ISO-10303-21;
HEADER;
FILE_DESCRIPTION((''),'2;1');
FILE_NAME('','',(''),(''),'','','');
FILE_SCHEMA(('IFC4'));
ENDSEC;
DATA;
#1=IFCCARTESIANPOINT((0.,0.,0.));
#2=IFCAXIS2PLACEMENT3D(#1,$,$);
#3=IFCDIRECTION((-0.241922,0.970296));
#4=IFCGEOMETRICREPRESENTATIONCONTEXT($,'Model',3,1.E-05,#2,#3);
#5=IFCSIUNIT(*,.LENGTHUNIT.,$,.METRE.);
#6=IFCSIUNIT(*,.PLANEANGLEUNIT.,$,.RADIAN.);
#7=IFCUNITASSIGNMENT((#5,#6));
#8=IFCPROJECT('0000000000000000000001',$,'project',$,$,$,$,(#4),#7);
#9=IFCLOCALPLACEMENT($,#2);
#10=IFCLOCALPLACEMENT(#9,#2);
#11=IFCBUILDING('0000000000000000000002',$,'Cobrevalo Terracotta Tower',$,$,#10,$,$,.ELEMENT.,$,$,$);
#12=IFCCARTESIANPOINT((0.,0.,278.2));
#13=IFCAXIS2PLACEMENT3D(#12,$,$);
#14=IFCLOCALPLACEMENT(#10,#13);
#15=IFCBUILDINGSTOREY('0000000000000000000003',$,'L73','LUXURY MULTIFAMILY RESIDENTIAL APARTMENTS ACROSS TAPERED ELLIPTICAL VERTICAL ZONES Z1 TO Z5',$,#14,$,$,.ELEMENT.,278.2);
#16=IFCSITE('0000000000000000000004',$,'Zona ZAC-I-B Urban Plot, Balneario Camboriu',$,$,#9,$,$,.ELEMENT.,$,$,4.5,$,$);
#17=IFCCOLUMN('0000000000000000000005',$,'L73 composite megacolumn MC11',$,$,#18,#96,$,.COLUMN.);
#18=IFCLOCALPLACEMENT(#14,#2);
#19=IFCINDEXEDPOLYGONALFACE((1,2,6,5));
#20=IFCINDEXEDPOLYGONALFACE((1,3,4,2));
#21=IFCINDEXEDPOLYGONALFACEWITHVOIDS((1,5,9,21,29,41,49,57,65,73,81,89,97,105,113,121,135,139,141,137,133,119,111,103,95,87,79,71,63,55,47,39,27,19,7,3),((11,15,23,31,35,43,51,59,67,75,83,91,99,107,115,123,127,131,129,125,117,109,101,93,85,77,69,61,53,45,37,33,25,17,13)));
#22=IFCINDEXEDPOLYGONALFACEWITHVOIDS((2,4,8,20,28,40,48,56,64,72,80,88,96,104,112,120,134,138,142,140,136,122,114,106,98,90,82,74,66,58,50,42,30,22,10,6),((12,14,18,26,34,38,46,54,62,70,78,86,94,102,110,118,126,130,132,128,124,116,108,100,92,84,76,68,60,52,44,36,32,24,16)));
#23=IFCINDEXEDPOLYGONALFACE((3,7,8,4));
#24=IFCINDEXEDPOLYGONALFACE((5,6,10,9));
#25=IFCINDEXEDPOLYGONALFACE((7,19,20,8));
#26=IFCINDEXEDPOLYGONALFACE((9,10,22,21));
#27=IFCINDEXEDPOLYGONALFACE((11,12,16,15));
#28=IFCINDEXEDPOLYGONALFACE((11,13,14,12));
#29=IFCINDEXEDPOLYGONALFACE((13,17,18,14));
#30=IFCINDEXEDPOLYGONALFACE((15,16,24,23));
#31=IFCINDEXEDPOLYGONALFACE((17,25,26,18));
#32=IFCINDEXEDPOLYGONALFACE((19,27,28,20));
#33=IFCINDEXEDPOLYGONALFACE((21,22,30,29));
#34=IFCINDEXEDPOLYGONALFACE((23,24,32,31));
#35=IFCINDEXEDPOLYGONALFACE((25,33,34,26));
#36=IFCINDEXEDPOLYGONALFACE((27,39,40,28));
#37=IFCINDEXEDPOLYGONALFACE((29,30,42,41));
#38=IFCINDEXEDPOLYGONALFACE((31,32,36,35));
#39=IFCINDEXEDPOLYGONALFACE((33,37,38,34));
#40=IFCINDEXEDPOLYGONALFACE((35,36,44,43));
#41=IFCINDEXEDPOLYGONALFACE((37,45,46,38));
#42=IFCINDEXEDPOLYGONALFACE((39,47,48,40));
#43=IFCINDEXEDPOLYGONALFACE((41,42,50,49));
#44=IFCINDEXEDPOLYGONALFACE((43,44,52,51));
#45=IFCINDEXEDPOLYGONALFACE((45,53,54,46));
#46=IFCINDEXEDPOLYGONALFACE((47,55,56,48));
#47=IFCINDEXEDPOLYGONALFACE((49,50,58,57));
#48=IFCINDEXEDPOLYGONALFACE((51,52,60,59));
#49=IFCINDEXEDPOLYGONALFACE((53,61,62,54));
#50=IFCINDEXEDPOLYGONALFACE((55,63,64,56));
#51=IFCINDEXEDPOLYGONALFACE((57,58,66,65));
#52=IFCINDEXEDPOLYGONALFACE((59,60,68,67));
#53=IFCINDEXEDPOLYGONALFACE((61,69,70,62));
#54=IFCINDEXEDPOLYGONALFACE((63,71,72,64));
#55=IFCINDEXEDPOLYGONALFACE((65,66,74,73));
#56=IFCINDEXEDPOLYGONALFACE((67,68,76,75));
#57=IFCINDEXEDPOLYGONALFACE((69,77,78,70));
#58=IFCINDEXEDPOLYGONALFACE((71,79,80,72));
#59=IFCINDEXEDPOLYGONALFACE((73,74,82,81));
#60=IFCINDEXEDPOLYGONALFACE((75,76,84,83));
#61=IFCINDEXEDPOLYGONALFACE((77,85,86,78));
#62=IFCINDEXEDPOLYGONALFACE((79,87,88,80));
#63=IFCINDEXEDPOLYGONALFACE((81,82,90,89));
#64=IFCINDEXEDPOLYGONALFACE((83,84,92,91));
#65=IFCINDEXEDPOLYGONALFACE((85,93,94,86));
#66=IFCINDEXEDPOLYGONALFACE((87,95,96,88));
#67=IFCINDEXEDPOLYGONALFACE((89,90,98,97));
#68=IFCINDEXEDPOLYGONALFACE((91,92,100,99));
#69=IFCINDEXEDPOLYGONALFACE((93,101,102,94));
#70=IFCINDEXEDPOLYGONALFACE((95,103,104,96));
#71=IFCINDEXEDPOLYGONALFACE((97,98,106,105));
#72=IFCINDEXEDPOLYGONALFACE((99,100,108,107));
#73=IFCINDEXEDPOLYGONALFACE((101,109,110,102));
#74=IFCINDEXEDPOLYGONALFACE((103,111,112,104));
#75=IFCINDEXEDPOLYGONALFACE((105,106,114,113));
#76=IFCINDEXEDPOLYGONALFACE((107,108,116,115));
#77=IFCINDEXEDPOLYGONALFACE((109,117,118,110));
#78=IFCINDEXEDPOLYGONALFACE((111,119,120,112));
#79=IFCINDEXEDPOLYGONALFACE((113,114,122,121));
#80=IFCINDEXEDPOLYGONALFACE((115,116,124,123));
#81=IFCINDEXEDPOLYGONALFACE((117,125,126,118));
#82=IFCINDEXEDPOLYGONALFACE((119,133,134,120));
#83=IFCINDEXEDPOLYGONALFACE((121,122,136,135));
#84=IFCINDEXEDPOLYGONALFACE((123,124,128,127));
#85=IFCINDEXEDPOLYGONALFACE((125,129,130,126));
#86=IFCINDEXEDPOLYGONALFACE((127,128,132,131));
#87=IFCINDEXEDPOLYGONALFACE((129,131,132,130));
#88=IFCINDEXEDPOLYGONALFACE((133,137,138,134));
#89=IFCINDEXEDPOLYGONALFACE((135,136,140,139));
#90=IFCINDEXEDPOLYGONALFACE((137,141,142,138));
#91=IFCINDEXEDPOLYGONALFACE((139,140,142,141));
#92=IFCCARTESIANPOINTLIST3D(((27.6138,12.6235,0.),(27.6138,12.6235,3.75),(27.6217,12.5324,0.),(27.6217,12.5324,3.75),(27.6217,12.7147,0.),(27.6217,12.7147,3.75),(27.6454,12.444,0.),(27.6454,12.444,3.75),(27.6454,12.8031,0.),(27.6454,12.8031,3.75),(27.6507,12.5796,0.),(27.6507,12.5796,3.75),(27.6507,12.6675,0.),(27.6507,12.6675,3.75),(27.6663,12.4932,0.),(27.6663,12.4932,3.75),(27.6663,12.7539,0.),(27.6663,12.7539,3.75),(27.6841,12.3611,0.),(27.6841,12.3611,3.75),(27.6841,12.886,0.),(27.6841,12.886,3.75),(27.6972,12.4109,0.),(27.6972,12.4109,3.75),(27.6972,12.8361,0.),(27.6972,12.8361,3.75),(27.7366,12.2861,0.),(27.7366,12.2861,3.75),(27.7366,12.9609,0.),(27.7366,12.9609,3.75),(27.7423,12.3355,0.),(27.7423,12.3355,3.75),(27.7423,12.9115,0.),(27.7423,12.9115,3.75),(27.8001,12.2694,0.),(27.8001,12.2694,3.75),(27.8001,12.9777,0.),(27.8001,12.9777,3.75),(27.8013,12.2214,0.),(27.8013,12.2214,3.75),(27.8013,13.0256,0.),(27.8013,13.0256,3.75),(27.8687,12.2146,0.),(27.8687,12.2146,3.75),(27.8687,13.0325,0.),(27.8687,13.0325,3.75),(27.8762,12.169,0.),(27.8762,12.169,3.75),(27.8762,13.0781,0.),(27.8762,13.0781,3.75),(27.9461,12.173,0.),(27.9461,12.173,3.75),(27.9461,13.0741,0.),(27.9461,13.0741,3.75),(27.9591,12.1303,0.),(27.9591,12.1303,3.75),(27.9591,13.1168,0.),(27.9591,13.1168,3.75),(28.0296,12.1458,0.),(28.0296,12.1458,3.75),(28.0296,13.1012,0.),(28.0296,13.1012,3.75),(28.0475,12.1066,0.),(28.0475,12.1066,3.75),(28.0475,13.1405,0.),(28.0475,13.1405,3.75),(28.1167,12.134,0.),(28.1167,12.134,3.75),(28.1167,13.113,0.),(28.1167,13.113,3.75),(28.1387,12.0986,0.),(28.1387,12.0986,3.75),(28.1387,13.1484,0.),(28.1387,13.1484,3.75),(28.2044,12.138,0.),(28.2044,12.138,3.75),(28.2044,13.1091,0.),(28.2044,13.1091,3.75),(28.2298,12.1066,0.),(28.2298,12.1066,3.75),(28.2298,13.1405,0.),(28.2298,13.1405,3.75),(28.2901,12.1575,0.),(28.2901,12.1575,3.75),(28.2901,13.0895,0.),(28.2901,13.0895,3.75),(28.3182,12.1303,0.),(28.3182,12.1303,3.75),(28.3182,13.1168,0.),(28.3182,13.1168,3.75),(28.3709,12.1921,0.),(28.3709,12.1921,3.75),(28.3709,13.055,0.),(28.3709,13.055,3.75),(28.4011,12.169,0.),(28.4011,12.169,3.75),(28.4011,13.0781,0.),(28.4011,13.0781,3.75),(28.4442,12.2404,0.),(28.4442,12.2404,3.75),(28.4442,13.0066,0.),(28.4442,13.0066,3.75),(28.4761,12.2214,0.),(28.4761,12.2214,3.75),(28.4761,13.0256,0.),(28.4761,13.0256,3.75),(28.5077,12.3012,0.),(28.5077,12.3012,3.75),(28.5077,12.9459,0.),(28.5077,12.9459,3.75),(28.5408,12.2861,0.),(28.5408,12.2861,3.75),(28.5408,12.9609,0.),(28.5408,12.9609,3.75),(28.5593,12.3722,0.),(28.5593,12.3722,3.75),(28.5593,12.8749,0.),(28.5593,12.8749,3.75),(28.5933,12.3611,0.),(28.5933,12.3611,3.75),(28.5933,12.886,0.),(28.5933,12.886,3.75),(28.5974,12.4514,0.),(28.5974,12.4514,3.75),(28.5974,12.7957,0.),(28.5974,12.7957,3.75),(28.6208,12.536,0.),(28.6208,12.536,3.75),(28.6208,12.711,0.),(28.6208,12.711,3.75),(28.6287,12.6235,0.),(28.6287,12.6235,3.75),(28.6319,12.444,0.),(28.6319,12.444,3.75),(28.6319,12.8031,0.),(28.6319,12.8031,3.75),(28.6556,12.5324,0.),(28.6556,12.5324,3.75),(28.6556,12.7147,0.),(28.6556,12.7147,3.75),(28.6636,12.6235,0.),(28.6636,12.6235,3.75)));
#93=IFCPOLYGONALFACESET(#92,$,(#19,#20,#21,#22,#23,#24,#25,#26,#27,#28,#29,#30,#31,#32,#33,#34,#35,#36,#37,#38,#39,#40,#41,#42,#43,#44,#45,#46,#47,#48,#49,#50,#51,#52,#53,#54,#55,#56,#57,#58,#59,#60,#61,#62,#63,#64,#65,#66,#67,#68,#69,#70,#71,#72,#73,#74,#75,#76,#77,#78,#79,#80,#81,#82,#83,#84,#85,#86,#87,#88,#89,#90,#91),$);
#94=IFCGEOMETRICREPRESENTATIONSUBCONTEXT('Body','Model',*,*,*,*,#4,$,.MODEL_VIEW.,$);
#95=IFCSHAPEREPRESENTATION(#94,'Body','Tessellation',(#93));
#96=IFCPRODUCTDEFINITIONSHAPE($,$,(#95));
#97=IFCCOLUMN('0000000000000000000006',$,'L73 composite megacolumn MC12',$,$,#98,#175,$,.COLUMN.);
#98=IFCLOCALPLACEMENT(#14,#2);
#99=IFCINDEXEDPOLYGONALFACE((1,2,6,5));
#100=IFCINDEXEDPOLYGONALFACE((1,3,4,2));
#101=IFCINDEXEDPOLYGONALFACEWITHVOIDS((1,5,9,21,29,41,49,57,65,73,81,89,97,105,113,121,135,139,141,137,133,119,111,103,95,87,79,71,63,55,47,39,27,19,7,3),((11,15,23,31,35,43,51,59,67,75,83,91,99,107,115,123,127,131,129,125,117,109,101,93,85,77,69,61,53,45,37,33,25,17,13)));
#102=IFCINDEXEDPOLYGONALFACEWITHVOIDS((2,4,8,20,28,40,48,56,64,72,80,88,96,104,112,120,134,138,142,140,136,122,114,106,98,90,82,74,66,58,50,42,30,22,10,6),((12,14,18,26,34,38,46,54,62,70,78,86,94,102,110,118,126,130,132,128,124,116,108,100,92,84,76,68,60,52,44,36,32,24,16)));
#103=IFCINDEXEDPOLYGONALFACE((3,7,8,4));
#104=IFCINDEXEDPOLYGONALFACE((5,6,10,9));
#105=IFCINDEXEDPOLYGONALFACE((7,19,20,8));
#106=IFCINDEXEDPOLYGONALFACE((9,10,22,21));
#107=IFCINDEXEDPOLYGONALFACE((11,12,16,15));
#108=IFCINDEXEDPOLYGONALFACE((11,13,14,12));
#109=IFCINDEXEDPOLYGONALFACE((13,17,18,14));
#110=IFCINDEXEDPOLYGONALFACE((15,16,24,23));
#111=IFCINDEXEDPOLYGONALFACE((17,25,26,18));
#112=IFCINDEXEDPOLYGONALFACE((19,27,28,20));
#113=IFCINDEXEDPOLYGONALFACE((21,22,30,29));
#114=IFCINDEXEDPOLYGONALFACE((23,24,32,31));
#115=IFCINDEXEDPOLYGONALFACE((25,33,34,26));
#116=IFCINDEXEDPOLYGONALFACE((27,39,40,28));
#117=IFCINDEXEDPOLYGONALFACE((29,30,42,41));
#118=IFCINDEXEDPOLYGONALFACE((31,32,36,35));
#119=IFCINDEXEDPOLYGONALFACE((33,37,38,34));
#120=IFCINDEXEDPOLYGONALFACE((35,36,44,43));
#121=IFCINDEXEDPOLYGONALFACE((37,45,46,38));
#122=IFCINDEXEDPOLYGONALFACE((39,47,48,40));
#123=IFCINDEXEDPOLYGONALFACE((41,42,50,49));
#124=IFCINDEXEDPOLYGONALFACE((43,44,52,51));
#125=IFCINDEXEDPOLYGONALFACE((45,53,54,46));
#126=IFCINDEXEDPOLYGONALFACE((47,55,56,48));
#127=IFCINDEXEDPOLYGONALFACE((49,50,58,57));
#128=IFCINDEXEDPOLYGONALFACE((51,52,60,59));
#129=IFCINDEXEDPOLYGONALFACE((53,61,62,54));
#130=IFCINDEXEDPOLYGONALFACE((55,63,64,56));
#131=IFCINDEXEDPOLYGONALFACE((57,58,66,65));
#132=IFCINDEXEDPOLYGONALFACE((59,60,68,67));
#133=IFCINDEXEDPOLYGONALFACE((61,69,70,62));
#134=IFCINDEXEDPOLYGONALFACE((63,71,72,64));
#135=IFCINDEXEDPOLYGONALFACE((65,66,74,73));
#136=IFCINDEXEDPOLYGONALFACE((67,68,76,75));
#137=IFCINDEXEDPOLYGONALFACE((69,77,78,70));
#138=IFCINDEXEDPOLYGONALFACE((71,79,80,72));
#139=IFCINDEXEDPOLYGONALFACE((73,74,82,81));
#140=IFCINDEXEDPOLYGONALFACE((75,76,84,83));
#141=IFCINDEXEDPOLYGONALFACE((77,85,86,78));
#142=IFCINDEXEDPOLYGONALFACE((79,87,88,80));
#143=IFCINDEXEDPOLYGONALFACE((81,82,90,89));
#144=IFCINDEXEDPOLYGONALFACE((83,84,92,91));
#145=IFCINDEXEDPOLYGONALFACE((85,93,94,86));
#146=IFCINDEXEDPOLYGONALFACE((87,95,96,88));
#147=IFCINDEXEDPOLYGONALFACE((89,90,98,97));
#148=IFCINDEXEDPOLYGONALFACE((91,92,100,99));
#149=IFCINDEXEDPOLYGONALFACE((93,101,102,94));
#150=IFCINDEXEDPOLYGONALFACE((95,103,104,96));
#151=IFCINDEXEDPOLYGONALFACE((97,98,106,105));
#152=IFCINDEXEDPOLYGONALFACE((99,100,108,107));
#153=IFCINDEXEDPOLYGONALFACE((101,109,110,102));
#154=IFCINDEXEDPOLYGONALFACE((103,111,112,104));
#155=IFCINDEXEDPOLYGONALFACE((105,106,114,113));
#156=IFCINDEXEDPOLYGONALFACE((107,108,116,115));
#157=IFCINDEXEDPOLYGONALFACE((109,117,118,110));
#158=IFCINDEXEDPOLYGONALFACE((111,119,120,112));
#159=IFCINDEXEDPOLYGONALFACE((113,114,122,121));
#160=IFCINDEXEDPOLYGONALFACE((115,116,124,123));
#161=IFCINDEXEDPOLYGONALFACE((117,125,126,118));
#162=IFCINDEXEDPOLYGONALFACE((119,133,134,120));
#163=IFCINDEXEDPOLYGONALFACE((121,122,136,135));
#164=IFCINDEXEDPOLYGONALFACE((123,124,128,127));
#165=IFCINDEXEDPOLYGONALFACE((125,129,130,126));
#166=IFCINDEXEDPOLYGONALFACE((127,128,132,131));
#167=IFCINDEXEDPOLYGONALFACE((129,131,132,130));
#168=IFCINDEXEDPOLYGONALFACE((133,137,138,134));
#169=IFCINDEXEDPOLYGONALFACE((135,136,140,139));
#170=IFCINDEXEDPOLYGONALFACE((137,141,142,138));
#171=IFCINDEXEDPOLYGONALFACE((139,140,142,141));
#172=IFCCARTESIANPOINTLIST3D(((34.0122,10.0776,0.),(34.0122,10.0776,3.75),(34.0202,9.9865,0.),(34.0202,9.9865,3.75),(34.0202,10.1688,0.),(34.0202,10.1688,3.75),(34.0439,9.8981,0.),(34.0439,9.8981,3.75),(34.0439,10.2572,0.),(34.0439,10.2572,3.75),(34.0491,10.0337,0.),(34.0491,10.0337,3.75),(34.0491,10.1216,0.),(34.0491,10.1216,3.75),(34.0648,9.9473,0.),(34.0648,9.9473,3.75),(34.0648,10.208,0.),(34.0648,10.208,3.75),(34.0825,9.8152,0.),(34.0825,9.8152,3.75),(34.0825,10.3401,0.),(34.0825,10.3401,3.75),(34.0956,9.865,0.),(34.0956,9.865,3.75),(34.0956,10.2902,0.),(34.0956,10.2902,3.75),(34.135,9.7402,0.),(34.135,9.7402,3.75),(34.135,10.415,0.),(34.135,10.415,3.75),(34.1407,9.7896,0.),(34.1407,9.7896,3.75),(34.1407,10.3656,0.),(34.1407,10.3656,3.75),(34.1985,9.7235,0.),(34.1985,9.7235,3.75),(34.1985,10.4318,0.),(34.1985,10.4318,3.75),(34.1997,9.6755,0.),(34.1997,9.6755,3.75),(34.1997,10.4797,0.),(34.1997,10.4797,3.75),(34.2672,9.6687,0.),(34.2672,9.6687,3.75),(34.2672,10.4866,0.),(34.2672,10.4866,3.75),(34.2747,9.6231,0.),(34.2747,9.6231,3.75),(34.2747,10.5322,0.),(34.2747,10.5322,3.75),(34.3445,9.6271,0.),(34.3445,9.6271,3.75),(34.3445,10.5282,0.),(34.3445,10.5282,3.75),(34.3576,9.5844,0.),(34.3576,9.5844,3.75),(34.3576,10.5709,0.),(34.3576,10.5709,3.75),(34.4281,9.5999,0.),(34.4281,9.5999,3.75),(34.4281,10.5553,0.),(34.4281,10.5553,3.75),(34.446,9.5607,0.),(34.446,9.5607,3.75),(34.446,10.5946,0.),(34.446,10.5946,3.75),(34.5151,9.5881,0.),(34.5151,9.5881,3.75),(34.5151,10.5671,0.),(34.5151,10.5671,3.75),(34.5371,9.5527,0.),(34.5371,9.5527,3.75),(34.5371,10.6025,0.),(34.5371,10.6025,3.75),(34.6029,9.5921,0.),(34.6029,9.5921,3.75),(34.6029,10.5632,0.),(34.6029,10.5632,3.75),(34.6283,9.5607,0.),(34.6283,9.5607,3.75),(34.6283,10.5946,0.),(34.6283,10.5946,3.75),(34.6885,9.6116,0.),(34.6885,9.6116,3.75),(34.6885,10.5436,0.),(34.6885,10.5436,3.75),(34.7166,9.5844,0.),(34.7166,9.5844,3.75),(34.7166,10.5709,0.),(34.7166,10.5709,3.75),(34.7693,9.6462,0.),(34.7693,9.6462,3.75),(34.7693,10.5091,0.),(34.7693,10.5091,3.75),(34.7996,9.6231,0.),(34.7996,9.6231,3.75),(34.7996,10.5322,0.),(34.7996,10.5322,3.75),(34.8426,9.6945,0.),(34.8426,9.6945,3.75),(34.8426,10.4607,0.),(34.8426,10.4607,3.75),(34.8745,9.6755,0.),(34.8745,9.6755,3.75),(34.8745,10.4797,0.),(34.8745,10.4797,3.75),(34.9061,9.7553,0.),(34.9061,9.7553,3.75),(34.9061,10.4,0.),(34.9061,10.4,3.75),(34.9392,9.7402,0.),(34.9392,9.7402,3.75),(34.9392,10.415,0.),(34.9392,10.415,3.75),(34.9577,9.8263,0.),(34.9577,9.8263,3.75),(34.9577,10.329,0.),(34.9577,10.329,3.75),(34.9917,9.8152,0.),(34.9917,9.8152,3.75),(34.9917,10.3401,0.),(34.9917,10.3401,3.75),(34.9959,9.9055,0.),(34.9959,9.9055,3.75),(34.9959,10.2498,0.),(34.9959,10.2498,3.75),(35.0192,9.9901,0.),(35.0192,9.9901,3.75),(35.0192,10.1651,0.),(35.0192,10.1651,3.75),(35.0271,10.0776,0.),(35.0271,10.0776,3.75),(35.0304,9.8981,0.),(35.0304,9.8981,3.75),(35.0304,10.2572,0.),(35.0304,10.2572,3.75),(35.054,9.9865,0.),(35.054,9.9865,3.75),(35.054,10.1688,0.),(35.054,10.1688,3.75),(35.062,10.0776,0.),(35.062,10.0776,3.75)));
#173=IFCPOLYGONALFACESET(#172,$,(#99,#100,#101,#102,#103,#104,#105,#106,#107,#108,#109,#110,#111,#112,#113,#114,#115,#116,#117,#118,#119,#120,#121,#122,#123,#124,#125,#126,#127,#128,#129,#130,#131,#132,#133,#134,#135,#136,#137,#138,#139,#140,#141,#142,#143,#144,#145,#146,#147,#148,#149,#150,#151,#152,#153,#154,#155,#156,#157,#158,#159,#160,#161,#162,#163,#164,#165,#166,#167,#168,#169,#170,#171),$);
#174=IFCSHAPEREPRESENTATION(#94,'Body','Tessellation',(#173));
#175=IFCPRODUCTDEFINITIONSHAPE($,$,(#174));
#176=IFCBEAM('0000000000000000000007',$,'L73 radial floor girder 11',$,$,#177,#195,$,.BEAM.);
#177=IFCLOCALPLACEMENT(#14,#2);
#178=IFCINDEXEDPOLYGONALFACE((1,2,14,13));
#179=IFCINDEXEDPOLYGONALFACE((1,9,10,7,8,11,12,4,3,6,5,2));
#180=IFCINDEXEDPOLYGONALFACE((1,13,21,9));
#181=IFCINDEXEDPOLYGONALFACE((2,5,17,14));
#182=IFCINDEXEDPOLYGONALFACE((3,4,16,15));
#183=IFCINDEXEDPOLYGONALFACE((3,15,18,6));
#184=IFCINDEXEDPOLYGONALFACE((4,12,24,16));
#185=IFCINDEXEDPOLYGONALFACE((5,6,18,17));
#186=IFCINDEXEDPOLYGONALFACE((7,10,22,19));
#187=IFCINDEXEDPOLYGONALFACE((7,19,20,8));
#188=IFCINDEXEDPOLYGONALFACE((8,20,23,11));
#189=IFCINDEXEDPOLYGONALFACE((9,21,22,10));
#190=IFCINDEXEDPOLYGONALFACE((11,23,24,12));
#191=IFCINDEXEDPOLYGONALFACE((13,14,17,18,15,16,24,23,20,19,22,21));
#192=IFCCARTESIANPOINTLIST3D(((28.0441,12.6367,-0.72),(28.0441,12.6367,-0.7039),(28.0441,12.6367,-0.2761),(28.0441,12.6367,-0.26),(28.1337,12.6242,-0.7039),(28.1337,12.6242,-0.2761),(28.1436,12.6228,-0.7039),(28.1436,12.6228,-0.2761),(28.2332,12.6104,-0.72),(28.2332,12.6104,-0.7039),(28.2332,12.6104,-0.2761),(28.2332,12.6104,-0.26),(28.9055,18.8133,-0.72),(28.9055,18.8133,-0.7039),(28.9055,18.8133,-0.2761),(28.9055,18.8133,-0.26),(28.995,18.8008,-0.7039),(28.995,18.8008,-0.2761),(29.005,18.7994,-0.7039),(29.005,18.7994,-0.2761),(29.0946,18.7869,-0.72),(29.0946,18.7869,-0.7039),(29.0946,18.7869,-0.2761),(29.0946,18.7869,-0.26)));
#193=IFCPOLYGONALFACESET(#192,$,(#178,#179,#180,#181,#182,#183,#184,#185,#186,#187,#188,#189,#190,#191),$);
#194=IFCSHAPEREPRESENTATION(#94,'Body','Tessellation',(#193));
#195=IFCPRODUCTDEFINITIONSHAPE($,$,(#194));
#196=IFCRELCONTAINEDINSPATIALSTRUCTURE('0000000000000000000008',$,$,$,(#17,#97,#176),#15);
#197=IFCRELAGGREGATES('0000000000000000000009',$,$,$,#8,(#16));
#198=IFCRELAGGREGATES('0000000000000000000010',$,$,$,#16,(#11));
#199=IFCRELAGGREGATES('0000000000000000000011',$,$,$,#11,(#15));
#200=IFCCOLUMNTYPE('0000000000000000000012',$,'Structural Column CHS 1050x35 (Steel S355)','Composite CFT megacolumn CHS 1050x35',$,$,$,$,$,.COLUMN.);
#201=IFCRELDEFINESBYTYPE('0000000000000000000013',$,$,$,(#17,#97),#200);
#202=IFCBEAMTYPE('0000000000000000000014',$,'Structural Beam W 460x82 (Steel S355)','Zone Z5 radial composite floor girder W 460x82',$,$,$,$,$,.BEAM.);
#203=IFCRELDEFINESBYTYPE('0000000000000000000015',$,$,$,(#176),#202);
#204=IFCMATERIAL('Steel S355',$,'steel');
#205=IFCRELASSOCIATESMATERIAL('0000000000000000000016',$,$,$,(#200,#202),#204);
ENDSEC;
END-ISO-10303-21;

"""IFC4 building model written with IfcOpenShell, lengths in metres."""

from ifc_helpers import new_model, si_unit, direction, frame, origin, origin_2d, place, context, subcontext, project, spatial, hollow_circle, i_section, extrude, material, material_profile, profile_set, type_object, element, save


model = new_model("IFC4")

# Units and contexts
model_context = context("Model", 3, precision=1e-05, world=origin(), true_north=direction((-0.241922, 0.970296)))
body_context = subcontext(model_context, "Body", "Model", "MODEL_VIEW")
ifc_project = project(units=[si_unit("LENGTHUNIT", "METRE"), si_unit("PLANEANGLEUNIT", "RADIAN")], contexts=[model_context])

# Site, building, storey
site_placement = place(None, origin())
site = spatial("IfcSite", under=ifc_project, at=site_placement, Name="Zona ZAC-I-B Urban Plot, Balneario Camboriu", CompositionType="ELEMENT", RefElevation=4.5)
building_placement = place(site_placement, origin())
building = spatial("IfcBuilding", under=site, at=building_placement, Name="Cobrevalo Terracotta Tower", CompositionType="ELEMENT")
storey_placement = place(building_placement, frame((0.0, 0.0, 278.2)))
storey = spatial("IfcBuildingStorey", under=building, at=storey_placement, Name="L73", Description="LUXURY MULTIFAMILY RESIDENTIAL APARTMENTS ACROSS TAPERED ELLIPTICAL VERTICAL ZONES Z1 TO Z5", CompositionType="ELEMENT", Elevation=278.2)

# Columns
ifc_material_1 = material(Name="Steel S355", Category="steel")
ifc_material_profile_1 = material_profile(ifc_material_1, hollow_circle(Radius=0.5249, WallThickness=0.0349, at=origin_2d()), Name="CHS 1050x35")
ifc_profile_set_1 = profile_set([ifc_material_profile_1], Name="Steel S355")
column_type = type_object("IfcColumnType", Name="Structural Column CHS 1050x35 (Steel S355)", Description="Composite CFT megacolumn CHS 1050x35", PredefinedType="COLUMN", material=ifc_profile_set_1)
for number, where, z_axis, x_axis, name in (
    (1, (28.1387, 12.6235, 0.0), (0.0, 0.0, 1.0), (1.0, 0.0, 0.0), "L73 composite megacolumn MC11"),
    (2, (34.5371, 10.0776, 0.0), (0.0, 0.0, 1.0), (1.0, 0.0, 0.0), "L73 composite megacolumn MC12"),
):
    element("IfcColumn", number, at=place(storey_placement, frame(where, z_axis=z_axis, x_axis=x_axis)), inside=storey, type_object=column_type, Name=name, PredefinedType="COLUMN", context=body_context, shape_type="SweptSolid", body=[
        extrude(hollow_circle(Radius=0.5249, WallThickness=0.0349, at=origin_2d()), origin(), (0.0, 0.0, 1.0), 3.75),
    ])

# Beam
ifc_material_profile_2 = material_profile(ifc_material_1, i_section(OverallWidth=0.1909, OverallDepth=0.46, WebThickness=0.01, FlangeThickness=0.0161, at=origin_2d()), Name="W 460x82")
ifc_profile_set_2 = profile_set([ifc_material_profile_2], Name="Steel S355")
beam_type_1 = type_object("IfcBeamType", Name="Structural Beam W 460x82 (Steel S355)", Description="Zone Z5 radial composite floor girder W 460x82", PredefinedType="BEAM", material=ifc_profile_set_2)
beam_1_placement = place(storey_placement, frame((28.1387, 12.6235, -0.49), z_axis=(0.138116, 0.990416, 0.0), x_axis=(-0.990416, 0.138116, 0.0)))
element("IfcBeam", 3, at=beam_1_placement, inside=storey, type_object=beam_type_1, Name="L73 radial floor girder 11", PredefinedType="BEAM", context=body_context, shape_type="SweptSolid", body=[
    extrude(i_section(OverallWidth=0.1909, OverallDepth=0.46, WebThickness=0.01, FlangeThickness=0.0161, at=origin_2d()), origin(), (0.0, 0.0, 1.0), 6.2363),
])

save(model, "model.ifc")
